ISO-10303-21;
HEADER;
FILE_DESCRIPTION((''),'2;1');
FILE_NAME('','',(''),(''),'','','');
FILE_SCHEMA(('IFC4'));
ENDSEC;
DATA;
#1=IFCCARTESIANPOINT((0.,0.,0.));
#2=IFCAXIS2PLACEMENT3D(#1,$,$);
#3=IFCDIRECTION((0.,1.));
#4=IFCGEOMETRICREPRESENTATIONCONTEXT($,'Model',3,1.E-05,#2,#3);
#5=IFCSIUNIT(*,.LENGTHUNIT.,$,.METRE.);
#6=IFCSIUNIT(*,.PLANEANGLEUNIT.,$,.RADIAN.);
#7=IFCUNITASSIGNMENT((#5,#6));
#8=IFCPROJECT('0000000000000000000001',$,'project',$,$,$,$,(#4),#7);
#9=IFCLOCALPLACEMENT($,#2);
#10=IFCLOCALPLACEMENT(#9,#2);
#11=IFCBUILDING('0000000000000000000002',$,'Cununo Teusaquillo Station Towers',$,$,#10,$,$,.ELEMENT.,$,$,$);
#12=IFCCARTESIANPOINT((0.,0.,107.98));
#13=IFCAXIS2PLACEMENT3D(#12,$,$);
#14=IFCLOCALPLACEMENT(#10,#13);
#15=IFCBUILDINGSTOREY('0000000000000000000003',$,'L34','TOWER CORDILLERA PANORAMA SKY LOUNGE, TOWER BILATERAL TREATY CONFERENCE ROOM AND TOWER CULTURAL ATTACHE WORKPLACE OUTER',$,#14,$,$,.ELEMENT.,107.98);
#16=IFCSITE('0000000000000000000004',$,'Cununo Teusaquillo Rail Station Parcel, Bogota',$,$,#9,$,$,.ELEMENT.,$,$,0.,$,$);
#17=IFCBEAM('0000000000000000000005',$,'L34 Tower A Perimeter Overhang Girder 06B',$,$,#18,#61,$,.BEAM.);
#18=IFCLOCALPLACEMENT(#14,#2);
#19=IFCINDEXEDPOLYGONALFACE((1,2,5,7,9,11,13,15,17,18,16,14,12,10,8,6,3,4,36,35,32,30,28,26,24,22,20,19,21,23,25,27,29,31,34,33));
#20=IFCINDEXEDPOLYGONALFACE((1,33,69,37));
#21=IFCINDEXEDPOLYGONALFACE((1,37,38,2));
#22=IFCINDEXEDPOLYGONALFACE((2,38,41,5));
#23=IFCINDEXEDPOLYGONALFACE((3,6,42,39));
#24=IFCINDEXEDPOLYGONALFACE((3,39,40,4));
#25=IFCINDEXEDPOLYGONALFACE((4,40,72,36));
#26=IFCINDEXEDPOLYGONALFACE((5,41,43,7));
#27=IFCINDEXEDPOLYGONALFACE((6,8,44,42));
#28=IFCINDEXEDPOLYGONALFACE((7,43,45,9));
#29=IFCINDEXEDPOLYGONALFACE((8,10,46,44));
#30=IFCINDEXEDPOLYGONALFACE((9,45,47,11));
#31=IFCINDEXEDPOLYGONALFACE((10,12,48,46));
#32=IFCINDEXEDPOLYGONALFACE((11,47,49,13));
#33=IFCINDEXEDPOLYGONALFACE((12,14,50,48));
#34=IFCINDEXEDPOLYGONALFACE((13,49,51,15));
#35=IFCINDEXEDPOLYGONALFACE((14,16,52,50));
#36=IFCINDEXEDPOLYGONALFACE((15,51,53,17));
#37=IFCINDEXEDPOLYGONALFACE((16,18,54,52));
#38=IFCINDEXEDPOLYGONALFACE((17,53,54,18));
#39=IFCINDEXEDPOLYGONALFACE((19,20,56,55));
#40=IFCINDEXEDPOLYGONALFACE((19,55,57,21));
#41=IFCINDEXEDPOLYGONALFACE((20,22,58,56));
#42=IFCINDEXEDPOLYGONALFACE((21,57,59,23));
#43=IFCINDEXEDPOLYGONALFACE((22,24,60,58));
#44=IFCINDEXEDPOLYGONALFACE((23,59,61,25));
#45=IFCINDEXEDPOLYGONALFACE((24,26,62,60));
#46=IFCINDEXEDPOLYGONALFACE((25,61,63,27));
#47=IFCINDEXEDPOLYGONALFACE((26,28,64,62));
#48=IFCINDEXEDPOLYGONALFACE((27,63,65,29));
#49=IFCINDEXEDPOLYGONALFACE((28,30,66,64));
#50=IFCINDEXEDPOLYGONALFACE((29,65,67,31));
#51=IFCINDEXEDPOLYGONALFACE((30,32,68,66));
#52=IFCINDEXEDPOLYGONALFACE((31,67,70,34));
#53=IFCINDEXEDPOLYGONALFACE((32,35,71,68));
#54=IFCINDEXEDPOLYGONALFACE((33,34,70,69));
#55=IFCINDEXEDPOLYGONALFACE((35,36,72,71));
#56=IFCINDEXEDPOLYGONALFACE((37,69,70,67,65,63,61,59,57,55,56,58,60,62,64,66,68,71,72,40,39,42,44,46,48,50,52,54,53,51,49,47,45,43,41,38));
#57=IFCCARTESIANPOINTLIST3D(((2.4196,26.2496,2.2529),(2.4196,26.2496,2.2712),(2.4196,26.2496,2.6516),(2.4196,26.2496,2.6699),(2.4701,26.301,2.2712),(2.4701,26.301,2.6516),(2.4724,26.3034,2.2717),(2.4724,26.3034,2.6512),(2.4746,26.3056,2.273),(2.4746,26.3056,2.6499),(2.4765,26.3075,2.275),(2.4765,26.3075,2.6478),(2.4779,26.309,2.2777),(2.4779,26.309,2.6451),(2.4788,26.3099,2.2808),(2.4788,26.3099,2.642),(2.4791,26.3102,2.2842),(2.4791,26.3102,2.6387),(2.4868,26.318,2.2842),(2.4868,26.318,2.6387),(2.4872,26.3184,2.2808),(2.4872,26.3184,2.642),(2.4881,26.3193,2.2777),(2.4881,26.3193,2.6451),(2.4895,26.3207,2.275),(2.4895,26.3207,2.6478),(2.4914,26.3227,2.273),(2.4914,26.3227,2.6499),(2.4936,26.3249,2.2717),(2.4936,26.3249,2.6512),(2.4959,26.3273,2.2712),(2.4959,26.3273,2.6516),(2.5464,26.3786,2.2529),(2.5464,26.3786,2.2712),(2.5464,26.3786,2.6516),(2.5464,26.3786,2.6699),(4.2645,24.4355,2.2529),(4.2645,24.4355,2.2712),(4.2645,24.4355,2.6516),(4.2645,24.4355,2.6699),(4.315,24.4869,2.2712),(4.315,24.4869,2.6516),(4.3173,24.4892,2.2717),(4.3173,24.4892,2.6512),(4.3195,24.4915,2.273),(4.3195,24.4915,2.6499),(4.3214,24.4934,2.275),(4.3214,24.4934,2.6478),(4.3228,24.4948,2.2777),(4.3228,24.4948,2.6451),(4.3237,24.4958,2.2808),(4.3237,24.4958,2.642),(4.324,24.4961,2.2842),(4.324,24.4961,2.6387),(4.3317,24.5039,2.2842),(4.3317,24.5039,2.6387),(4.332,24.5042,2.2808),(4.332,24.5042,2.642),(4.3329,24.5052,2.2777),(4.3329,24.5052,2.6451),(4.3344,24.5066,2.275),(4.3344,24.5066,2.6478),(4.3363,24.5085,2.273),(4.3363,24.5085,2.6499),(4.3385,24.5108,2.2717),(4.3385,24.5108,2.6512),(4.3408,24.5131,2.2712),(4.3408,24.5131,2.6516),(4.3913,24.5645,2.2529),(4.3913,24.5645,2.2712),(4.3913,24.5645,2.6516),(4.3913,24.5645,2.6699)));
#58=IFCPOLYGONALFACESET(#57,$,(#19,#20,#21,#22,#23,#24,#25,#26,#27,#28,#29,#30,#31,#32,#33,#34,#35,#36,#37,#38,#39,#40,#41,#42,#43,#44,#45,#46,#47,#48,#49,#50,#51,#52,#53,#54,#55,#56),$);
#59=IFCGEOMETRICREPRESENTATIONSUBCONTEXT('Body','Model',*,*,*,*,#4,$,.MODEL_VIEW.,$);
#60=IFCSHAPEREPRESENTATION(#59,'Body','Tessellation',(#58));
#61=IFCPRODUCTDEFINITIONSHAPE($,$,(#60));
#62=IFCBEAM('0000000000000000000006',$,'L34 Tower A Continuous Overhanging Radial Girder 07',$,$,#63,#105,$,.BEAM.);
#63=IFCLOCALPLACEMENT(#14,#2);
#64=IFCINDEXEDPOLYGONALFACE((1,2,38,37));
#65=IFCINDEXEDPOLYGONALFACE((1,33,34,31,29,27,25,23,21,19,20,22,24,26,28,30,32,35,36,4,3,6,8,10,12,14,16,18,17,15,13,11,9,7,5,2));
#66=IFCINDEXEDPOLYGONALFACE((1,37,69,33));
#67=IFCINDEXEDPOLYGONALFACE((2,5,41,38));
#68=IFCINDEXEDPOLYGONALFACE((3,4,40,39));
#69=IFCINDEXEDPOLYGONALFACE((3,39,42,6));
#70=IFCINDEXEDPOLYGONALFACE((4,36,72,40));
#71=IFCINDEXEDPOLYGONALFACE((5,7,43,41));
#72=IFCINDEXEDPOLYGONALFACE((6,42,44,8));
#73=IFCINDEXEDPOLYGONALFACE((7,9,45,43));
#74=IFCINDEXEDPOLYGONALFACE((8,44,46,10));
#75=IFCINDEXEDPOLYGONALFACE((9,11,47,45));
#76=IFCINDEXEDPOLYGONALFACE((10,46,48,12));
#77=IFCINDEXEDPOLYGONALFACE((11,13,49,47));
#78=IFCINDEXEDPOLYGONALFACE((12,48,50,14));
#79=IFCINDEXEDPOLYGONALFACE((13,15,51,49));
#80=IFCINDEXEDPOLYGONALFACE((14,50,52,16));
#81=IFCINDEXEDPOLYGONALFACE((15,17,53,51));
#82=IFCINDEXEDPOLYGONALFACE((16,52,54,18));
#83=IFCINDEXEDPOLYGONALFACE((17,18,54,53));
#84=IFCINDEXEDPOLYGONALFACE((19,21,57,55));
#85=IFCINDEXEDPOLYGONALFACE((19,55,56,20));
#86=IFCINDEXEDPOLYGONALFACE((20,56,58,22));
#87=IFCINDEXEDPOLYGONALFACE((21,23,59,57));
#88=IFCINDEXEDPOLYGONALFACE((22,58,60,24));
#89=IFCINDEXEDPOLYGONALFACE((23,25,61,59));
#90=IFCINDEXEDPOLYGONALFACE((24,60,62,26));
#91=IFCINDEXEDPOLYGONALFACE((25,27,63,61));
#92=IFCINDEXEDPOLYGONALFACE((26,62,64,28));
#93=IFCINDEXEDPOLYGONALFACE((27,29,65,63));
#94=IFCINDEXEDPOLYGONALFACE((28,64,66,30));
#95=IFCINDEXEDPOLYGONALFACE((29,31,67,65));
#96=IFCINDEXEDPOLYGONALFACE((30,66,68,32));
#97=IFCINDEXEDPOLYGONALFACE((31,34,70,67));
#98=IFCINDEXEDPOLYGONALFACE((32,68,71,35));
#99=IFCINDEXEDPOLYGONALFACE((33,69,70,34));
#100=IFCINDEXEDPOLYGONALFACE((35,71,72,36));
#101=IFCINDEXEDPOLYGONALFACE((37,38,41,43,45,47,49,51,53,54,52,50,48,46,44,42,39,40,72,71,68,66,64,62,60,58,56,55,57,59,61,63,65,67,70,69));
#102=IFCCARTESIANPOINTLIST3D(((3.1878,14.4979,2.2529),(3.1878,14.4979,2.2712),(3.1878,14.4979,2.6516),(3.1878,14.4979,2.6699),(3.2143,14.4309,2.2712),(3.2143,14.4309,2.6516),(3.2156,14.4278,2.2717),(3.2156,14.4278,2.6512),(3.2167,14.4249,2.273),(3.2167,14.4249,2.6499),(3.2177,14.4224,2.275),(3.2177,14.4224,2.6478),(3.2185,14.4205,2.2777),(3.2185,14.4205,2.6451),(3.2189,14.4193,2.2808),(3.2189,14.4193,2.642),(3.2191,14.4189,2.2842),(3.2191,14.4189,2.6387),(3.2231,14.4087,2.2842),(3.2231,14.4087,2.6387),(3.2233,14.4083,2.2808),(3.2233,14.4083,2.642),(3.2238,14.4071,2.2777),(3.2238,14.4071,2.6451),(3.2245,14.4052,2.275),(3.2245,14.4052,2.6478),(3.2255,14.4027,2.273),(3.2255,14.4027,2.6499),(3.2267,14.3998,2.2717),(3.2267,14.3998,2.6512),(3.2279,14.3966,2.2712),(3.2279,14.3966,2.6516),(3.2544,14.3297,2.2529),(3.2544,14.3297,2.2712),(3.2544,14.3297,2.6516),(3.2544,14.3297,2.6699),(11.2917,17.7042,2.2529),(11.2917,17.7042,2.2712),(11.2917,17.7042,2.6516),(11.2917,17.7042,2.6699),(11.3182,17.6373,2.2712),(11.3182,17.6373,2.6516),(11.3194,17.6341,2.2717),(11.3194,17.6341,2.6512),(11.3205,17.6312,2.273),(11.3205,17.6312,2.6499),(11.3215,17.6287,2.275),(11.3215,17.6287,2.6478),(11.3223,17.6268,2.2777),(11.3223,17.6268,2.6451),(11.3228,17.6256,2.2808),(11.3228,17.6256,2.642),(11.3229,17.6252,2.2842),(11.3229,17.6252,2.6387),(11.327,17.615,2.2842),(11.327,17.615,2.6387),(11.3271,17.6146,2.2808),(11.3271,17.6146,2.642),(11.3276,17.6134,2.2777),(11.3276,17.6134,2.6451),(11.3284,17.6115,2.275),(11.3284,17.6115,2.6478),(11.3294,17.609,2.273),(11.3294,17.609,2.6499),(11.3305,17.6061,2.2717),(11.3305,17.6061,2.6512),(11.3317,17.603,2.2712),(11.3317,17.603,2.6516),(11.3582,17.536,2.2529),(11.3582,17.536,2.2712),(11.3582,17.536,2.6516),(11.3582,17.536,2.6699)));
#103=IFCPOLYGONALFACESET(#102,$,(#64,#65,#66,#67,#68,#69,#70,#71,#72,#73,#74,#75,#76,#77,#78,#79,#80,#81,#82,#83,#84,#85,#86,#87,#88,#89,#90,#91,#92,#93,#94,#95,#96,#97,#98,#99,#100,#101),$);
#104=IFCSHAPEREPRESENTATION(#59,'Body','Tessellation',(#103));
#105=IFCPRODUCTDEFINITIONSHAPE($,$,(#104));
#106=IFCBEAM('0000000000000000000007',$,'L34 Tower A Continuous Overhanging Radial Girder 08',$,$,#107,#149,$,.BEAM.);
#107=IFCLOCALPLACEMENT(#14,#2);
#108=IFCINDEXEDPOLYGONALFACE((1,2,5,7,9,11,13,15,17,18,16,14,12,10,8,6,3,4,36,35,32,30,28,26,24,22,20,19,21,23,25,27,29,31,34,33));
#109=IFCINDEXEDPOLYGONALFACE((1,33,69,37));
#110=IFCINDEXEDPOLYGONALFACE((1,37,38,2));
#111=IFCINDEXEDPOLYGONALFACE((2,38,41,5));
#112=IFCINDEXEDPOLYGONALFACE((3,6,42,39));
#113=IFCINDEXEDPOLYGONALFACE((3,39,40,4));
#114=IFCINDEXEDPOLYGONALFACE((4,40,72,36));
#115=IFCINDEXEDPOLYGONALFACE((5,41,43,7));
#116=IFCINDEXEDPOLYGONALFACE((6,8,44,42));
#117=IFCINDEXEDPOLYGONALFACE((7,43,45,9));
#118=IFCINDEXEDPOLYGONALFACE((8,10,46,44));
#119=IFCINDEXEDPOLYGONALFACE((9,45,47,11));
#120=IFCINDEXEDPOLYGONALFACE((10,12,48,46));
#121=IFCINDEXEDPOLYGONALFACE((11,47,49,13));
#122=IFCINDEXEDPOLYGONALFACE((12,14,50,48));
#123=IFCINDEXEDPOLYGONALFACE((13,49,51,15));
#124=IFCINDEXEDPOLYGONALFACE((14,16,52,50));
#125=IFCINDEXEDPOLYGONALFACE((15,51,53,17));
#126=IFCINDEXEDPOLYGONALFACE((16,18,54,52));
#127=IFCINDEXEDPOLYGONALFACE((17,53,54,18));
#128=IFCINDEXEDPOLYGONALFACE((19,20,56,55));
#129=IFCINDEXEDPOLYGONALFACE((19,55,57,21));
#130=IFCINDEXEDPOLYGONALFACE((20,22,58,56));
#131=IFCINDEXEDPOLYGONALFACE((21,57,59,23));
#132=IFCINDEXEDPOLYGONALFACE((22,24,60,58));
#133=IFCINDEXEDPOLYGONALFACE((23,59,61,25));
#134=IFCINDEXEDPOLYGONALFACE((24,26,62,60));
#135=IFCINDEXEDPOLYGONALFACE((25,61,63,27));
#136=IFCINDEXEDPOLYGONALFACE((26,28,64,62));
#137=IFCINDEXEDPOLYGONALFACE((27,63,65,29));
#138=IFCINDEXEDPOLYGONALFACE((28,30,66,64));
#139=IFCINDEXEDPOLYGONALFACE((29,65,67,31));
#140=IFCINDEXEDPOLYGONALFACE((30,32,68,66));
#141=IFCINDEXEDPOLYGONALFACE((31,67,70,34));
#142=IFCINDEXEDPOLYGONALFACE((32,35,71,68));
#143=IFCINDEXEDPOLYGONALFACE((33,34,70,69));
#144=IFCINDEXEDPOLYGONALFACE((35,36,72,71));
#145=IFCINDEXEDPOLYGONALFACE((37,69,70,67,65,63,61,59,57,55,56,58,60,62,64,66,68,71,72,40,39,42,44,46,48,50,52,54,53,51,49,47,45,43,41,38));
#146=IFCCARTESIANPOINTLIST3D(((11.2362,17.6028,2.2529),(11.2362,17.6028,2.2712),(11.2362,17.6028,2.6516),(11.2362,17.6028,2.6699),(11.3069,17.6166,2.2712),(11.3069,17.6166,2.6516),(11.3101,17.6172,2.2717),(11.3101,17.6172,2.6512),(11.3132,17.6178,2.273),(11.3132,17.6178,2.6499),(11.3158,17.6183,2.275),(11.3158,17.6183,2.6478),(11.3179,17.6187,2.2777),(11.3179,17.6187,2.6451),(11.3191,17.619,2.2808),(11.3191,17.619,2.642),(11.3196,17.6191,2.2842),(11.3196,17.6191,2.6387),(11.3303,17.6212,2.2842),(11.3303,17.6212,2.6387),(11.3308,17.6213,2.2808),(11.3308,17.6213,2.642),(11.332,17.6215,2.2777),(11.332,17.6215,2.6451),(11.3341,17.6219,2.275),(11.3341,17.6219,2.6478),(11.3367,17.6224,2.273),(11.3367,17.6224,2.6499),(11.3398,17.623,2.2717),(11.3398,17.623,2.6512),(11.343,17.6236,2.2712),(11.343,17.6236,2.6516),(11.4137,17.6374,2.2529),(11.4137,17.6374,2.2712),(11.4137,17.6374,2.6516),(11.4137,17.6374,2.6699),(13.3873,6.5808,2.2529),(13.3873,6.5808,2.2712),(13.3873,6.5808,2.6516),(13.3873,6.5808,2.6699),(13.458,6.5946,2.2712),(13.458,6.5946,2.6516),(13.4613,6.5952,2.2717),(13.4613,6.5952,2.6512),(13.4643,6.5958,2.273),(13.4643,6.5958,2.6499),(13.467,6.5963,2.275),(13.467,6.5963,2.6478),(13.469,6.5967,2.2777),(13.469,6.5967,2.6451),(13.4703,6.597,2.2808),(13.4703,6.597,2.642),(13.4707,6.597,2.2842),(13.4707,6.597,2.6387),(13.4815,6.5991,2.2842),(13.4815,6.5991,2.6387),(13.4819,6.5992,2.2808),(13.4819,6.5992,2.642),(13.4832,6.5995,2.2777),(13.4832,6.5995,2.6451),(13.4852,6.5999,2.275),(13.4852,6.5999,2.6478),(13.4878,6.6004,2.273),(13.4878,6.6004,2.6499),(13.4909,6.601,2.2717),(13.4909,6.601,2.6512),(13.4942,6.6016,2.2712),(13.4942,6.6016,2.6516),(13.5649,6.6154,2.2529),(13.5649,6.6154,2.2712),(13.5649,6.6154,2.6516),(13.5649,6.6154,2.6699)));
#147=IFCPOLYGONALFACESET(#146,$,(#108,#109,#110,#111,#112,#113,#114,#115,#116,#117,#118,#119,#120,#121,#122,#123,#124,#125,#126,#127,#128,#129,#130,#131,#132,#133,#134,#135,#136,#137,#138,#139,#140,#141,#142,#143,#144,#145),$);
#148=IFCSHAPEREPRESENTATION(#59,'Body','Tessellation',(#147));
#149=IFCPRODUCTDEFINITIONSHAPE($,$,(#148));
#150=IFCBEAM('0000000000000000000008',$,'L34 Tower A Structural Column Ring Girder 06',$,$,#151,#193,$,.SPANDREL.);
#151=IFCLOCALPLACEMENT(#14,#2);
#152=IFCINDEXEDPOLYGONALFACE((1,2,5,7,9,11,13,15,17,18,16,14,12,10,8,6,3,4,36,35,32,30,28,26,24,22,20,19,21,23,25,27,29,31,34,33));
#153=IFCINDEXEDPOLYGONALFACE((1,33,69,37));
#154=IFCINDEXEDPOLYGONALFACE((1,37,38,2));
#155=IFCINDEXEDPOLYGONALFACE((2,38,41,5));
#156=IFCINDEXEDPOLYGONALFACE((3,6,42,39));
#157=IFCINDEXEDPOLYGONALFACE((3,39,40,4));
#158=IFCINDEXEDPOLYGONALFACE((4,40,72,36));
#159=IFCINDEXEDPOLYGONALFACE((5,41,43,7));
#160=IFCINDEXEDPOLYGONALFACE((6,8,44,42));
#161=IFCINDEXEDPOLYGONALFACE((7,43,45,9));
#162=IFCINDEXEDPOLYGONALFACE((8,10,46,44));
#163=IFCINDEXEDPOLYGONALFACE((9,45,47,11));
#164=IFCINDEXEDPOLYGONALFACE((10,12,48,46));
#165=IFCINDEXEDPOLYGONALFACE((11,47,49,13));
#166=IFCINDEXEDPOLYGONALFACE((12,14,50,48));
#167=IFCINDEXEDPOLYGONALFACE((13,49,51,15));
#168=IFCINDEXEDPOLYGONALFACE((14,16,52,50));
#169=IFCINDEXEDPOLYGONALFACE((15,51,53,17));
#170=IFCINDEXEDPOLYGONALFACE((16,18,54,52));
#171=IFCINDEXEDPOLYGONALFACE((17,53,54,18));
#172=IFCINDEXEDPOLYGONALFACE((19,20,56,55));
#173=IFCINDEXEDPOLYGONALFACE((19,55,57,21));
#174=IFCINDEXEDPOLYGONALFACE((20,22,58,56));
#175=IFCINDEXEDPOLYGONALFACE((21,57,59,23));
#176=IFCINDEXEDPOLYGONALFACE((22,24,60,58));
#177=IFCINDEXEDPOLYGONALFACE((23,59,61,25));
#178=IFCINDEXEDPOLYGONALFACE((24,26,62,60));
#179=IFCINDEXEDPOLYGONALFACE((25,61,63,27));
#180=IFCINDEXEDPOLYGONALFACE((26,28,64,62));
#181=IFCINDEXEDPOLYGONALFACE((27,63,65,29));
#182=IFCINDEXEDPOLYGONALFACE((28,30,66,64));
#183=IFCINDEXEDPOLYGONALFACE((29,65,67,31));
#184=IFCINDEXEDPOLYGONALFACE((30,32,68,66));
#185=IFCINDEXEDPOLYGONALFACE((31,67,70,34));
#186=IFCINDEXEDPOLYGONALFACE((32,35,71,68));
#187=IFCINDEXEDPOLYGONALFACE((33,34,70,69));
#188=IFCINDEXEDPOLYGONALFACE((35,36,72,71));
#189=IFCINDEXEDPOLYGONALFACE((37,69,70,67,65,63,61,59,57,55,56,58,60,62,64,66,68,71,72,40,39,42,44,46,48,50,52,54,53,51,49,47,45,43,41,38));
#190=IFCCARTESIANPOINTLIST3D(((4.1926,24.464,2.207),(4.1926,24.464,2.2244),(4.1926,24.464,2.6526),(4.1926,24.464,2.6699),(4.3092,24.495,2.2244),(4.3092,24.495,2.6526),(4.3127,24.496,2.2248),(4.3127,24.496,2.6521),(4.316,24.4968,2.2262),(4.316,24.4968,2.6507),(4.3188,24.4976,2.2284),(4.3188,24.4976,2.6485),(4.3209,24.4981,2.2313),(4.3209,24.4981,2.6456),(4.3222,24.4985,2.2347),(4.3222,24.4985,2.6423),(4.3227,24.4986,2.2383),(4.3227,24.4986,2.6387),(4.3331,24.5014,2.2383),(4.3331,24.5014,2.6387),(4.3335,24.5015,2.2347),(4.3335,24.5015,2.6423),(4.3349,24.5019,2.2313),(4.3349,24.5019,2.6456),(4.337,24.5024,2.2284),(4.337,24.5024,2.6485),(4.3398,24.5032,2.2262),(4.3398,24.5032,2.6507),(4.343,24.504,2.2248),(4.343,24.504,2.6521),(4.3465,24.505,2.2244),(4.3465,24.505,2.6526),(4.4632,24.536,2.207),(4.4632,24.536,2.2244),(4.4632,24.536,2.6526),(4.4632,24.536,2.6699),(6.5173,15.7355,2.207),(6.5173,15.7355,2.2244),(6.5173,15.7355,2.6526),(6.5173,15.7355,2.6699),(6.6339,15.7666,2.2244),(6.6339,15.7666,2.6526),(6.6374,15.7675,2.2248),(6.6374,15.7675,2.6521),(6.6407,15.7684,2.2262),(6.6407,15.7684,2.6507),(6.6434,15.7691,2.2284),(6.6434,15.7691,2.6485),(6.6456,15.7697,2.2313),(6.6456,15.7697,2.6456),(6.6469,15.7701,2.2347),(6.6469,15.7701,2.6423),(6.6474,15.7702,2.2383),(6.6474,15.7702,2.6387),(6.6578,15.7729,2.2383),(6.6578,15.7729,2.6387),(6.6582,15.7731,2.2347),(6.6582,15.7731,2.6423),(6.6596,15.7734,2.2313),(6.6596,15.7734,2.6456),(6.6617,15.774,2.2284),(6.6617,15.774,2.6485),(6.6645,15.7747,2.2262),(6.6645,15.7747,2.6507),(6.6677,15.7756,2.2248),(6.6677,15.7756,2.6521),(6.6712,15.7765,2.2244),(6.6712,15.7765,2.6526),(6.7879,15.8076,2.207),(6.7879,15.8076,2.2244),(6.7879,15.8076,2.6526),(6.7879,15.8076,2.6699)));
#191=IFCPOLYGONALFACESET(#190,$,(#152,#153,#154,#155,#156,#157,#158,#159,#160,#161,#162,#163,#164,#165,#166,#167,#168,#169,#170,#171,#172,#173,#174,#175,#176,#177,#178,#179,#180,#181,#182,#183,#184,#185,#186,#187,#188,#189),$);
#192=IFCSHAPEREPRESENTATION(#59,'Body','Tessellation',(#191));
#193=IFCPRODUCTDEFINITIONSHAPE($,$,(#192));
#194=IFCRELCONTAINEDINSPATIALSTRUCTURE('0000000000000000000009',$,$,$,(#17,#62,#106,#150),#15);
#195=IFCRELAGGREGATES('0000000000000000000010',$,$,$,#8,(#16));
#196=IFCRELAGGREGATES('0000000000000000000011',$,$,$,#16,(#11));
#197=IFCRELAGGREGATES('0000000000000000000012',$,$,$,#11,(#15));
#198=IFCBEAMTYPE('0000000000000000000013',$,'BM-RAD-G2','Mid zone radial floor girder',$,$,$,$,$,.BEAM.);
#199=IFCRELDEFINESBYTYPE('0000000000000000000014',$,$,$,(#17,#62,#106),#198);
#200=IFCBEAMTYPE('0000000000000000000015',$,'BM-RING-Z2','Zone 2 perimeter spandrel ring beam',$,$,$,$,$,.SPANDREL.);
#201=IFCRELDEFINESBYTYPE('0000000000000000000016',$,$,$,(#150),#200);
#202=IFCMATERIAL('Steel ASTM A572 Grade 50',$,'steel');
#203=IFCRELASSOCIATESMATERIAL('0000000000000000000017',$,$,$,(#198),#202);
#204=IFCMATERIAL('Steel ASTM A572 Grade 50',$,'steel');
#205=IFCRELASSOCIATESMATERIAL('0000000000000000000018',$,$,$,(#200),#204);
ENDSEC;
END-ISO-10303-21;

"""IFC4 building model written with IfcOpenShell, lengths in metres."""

from ifc_helpers import new_model, si_unit, direction, frame, origin, origin_2d, place, context, subcontext, project, spatial, i_section, extrude, material, material_profile, profile_set, type_object, element, save


model = new_model("IFC4")

# Units and contexts
model_context = context("Model", 3, precision=1e-05, world=origin(), true_north=direction((0.0, 1.0)))
body_context = subcontext(model_context, "Body", "Model", "MODEL_VIEW")
ifc_project = project(units=[si_unit("LENGTHUNIT", "METRE"), si_unit("PLANEANGLEUNIT", "RADIAN")], contexts=[model_context])

# Site, building, storey
site_placement = place(None, origin())
site = spatial("IfcSite", under=ifc_project, at=site_placement, Name="Cununo Teusaquillo Rail Station Parcel, Bogota", CompositionType="ELEMENT", RefElevation=0.0)
building_placement = place(site_placement, origin())
building = spatial("IfcBuilding", under=site, at=building_placement, Name="Cununo Teusaquillo Station Towers", CompositionType="ELEMENT")
storey_placement = place(building_placement, frame((0.0, 0.0, 107.98)))
storey = spatial("IfcBuildingStorey", under=building, at=storey_placement, Name="L34", Description="TOWER CORDILLERA PANORAMA SKY LOUNGE, TOWER BILATERAL TREATY CONFERENCE ROOM AND TOWER CULTURAL ATTACHE WORKPLACE OUTER", CompositionType="ELEMENT", Elevation=107.98)

# Beams
ifc_material_1 = material(Name="Steel ASTM A572 Grade 50", Category="steel")
ifc_material_profile_1 = material_profile(ifc_material_1, i_section(OverallWidth=0.1809, OverallDepth=0.417, WebThickness=0.011, FlangeThickness=0.0183, FilletRadius=0.0129, at=origin_2d()), Name="W16X57")
ifc_profile_set_1 = profile_set([ifc_material_profile_1], Name="Steel ASTM A572 Grade 50")
beam_type_1 = type_object("IfcBeamType", Name="BM-RAD-G2", Description="Mid zone radial floor girder", PredefinedType="BEAM", material=ifc_profile_set_1)
beam_1_placement = place(storey_placement, frame((4.3279, 24.5, 2.4614), z_axis=(-0.713026, 0.701138, 0.0), x_axis=(-0.701138, -0.713026, 0.0)))
element("IfcBeam", 1, at=beam_1_placement, inside=storey, type_object=beam_type_1, Name="L34 Tower A Perimeter Overhang Girder 06B", PredefinedType="BEAM", context=body_context, shape_type="SweptSolid", body=[
    extrude(i_section(OverallWidth=0.1809, OverallDepth=0.417, WebThickness=0.011, FlangeThickness=0.0183, FilletRadius=0.0129, at=origin_2d()), origin(), (0.0, 0.0, 1.0), 2.5874),
])
beam_2_placement = place(storey_placement, frame((11.325, 17.6201, 2.4614), z_axis=(-0.929863, -0.367906, 0.0), x_axis=(0.367906, -0.929863, 0.0)))
element("IfcBeam", 2, at=beam_2_placement, inside=storey, type_object=beam_type_1, Name="L34 Tower A Continuous Overhanging Radial Girder 07", PredefinedType="BEAM", context=body_context, shape_type="SweptSolid", body=[
    extrude(i_section(OverallWidth=0.1809, OverallDepth=0.417, WebThickness=0.011, FlangeThickness=0.0183, FilletRadius=0.0129, at=origin_2d()), origin(), (0.0, 0.0, 1.0), 8.7151),
])
beam_3_placement = place(storey_placement, frame((11.325, 17.6201, 2.4614), z_axis=(0.191553, -0.981482, 0.0), x_axis=(0.981482, 0.191553, 0.0)))
element("IfcBeam", 3, at=beam_3_placement, inside=storey, type_object=beam_type_1, Name="L34 Tower A Continuous Overhanging Radial Girder 08", PredefinedType="BEAM", context=body_context, shape_type="SweptSolid", body=[
    extrude(i_section(OverallWidth=0.1809, OverallDepth=0.417, WebThickness=0.011, FlangeThickness=0.0183, FilletRadius=0.0129, at=origin_2d()), origin(), (0.0, 0.0, 1.0), 11.23),
])
ifc_material_2 = material(Name="Steel ASTM A572 Grade 50", Category="steel")
ifc_material_profile_2 = material_profile(ifc_material_2, i_section(OverallWidth=0.28, OverallDepth=0.4629, WebThickness=0.0107, FlangeThickness=0.0173, FilletRadius=0.0139, at=origin_2d()), Name="W18X76")
ifc_profile_set_2 = profile_set([ifc_material_profile_2], Name="Steel ASTM A572 Grade 50")
beam_type_2 = type_object("IfcBeamType", Name="BM-RING-Z2", Description="Zone 2 perimeter spandrel ring beam", PredefinedType="SPANDREL", material=ifc_profile_set_2)
beam_4_placement = place(storey_placement, frame((4.3279, 24.5, 2.4385), z_axis=(0.257363, -0.966315, 0.0), x_axis=(0.966315, 0.257363, 0.0)))
element("IfcBeam", 4, at=beam_4_placement, inside=storey, type_object=beam_type_2, Name="L34 Tower A Structural Column Ring Girder 06", PredefinedType="SPANDREL", context=body_context, shape_type="SweptSolid", body=[
    extrude(i_section(OverallWidth=0.28, OverallDepth=0.4629, WebThickness=0.0107, FlangeThickness=0.0173, FilletRadius=0.0139, at=origin_2d()), origin(), (0.0, 0.0, 1.0), 9.0327),
])

save(model, "model.ifc")
